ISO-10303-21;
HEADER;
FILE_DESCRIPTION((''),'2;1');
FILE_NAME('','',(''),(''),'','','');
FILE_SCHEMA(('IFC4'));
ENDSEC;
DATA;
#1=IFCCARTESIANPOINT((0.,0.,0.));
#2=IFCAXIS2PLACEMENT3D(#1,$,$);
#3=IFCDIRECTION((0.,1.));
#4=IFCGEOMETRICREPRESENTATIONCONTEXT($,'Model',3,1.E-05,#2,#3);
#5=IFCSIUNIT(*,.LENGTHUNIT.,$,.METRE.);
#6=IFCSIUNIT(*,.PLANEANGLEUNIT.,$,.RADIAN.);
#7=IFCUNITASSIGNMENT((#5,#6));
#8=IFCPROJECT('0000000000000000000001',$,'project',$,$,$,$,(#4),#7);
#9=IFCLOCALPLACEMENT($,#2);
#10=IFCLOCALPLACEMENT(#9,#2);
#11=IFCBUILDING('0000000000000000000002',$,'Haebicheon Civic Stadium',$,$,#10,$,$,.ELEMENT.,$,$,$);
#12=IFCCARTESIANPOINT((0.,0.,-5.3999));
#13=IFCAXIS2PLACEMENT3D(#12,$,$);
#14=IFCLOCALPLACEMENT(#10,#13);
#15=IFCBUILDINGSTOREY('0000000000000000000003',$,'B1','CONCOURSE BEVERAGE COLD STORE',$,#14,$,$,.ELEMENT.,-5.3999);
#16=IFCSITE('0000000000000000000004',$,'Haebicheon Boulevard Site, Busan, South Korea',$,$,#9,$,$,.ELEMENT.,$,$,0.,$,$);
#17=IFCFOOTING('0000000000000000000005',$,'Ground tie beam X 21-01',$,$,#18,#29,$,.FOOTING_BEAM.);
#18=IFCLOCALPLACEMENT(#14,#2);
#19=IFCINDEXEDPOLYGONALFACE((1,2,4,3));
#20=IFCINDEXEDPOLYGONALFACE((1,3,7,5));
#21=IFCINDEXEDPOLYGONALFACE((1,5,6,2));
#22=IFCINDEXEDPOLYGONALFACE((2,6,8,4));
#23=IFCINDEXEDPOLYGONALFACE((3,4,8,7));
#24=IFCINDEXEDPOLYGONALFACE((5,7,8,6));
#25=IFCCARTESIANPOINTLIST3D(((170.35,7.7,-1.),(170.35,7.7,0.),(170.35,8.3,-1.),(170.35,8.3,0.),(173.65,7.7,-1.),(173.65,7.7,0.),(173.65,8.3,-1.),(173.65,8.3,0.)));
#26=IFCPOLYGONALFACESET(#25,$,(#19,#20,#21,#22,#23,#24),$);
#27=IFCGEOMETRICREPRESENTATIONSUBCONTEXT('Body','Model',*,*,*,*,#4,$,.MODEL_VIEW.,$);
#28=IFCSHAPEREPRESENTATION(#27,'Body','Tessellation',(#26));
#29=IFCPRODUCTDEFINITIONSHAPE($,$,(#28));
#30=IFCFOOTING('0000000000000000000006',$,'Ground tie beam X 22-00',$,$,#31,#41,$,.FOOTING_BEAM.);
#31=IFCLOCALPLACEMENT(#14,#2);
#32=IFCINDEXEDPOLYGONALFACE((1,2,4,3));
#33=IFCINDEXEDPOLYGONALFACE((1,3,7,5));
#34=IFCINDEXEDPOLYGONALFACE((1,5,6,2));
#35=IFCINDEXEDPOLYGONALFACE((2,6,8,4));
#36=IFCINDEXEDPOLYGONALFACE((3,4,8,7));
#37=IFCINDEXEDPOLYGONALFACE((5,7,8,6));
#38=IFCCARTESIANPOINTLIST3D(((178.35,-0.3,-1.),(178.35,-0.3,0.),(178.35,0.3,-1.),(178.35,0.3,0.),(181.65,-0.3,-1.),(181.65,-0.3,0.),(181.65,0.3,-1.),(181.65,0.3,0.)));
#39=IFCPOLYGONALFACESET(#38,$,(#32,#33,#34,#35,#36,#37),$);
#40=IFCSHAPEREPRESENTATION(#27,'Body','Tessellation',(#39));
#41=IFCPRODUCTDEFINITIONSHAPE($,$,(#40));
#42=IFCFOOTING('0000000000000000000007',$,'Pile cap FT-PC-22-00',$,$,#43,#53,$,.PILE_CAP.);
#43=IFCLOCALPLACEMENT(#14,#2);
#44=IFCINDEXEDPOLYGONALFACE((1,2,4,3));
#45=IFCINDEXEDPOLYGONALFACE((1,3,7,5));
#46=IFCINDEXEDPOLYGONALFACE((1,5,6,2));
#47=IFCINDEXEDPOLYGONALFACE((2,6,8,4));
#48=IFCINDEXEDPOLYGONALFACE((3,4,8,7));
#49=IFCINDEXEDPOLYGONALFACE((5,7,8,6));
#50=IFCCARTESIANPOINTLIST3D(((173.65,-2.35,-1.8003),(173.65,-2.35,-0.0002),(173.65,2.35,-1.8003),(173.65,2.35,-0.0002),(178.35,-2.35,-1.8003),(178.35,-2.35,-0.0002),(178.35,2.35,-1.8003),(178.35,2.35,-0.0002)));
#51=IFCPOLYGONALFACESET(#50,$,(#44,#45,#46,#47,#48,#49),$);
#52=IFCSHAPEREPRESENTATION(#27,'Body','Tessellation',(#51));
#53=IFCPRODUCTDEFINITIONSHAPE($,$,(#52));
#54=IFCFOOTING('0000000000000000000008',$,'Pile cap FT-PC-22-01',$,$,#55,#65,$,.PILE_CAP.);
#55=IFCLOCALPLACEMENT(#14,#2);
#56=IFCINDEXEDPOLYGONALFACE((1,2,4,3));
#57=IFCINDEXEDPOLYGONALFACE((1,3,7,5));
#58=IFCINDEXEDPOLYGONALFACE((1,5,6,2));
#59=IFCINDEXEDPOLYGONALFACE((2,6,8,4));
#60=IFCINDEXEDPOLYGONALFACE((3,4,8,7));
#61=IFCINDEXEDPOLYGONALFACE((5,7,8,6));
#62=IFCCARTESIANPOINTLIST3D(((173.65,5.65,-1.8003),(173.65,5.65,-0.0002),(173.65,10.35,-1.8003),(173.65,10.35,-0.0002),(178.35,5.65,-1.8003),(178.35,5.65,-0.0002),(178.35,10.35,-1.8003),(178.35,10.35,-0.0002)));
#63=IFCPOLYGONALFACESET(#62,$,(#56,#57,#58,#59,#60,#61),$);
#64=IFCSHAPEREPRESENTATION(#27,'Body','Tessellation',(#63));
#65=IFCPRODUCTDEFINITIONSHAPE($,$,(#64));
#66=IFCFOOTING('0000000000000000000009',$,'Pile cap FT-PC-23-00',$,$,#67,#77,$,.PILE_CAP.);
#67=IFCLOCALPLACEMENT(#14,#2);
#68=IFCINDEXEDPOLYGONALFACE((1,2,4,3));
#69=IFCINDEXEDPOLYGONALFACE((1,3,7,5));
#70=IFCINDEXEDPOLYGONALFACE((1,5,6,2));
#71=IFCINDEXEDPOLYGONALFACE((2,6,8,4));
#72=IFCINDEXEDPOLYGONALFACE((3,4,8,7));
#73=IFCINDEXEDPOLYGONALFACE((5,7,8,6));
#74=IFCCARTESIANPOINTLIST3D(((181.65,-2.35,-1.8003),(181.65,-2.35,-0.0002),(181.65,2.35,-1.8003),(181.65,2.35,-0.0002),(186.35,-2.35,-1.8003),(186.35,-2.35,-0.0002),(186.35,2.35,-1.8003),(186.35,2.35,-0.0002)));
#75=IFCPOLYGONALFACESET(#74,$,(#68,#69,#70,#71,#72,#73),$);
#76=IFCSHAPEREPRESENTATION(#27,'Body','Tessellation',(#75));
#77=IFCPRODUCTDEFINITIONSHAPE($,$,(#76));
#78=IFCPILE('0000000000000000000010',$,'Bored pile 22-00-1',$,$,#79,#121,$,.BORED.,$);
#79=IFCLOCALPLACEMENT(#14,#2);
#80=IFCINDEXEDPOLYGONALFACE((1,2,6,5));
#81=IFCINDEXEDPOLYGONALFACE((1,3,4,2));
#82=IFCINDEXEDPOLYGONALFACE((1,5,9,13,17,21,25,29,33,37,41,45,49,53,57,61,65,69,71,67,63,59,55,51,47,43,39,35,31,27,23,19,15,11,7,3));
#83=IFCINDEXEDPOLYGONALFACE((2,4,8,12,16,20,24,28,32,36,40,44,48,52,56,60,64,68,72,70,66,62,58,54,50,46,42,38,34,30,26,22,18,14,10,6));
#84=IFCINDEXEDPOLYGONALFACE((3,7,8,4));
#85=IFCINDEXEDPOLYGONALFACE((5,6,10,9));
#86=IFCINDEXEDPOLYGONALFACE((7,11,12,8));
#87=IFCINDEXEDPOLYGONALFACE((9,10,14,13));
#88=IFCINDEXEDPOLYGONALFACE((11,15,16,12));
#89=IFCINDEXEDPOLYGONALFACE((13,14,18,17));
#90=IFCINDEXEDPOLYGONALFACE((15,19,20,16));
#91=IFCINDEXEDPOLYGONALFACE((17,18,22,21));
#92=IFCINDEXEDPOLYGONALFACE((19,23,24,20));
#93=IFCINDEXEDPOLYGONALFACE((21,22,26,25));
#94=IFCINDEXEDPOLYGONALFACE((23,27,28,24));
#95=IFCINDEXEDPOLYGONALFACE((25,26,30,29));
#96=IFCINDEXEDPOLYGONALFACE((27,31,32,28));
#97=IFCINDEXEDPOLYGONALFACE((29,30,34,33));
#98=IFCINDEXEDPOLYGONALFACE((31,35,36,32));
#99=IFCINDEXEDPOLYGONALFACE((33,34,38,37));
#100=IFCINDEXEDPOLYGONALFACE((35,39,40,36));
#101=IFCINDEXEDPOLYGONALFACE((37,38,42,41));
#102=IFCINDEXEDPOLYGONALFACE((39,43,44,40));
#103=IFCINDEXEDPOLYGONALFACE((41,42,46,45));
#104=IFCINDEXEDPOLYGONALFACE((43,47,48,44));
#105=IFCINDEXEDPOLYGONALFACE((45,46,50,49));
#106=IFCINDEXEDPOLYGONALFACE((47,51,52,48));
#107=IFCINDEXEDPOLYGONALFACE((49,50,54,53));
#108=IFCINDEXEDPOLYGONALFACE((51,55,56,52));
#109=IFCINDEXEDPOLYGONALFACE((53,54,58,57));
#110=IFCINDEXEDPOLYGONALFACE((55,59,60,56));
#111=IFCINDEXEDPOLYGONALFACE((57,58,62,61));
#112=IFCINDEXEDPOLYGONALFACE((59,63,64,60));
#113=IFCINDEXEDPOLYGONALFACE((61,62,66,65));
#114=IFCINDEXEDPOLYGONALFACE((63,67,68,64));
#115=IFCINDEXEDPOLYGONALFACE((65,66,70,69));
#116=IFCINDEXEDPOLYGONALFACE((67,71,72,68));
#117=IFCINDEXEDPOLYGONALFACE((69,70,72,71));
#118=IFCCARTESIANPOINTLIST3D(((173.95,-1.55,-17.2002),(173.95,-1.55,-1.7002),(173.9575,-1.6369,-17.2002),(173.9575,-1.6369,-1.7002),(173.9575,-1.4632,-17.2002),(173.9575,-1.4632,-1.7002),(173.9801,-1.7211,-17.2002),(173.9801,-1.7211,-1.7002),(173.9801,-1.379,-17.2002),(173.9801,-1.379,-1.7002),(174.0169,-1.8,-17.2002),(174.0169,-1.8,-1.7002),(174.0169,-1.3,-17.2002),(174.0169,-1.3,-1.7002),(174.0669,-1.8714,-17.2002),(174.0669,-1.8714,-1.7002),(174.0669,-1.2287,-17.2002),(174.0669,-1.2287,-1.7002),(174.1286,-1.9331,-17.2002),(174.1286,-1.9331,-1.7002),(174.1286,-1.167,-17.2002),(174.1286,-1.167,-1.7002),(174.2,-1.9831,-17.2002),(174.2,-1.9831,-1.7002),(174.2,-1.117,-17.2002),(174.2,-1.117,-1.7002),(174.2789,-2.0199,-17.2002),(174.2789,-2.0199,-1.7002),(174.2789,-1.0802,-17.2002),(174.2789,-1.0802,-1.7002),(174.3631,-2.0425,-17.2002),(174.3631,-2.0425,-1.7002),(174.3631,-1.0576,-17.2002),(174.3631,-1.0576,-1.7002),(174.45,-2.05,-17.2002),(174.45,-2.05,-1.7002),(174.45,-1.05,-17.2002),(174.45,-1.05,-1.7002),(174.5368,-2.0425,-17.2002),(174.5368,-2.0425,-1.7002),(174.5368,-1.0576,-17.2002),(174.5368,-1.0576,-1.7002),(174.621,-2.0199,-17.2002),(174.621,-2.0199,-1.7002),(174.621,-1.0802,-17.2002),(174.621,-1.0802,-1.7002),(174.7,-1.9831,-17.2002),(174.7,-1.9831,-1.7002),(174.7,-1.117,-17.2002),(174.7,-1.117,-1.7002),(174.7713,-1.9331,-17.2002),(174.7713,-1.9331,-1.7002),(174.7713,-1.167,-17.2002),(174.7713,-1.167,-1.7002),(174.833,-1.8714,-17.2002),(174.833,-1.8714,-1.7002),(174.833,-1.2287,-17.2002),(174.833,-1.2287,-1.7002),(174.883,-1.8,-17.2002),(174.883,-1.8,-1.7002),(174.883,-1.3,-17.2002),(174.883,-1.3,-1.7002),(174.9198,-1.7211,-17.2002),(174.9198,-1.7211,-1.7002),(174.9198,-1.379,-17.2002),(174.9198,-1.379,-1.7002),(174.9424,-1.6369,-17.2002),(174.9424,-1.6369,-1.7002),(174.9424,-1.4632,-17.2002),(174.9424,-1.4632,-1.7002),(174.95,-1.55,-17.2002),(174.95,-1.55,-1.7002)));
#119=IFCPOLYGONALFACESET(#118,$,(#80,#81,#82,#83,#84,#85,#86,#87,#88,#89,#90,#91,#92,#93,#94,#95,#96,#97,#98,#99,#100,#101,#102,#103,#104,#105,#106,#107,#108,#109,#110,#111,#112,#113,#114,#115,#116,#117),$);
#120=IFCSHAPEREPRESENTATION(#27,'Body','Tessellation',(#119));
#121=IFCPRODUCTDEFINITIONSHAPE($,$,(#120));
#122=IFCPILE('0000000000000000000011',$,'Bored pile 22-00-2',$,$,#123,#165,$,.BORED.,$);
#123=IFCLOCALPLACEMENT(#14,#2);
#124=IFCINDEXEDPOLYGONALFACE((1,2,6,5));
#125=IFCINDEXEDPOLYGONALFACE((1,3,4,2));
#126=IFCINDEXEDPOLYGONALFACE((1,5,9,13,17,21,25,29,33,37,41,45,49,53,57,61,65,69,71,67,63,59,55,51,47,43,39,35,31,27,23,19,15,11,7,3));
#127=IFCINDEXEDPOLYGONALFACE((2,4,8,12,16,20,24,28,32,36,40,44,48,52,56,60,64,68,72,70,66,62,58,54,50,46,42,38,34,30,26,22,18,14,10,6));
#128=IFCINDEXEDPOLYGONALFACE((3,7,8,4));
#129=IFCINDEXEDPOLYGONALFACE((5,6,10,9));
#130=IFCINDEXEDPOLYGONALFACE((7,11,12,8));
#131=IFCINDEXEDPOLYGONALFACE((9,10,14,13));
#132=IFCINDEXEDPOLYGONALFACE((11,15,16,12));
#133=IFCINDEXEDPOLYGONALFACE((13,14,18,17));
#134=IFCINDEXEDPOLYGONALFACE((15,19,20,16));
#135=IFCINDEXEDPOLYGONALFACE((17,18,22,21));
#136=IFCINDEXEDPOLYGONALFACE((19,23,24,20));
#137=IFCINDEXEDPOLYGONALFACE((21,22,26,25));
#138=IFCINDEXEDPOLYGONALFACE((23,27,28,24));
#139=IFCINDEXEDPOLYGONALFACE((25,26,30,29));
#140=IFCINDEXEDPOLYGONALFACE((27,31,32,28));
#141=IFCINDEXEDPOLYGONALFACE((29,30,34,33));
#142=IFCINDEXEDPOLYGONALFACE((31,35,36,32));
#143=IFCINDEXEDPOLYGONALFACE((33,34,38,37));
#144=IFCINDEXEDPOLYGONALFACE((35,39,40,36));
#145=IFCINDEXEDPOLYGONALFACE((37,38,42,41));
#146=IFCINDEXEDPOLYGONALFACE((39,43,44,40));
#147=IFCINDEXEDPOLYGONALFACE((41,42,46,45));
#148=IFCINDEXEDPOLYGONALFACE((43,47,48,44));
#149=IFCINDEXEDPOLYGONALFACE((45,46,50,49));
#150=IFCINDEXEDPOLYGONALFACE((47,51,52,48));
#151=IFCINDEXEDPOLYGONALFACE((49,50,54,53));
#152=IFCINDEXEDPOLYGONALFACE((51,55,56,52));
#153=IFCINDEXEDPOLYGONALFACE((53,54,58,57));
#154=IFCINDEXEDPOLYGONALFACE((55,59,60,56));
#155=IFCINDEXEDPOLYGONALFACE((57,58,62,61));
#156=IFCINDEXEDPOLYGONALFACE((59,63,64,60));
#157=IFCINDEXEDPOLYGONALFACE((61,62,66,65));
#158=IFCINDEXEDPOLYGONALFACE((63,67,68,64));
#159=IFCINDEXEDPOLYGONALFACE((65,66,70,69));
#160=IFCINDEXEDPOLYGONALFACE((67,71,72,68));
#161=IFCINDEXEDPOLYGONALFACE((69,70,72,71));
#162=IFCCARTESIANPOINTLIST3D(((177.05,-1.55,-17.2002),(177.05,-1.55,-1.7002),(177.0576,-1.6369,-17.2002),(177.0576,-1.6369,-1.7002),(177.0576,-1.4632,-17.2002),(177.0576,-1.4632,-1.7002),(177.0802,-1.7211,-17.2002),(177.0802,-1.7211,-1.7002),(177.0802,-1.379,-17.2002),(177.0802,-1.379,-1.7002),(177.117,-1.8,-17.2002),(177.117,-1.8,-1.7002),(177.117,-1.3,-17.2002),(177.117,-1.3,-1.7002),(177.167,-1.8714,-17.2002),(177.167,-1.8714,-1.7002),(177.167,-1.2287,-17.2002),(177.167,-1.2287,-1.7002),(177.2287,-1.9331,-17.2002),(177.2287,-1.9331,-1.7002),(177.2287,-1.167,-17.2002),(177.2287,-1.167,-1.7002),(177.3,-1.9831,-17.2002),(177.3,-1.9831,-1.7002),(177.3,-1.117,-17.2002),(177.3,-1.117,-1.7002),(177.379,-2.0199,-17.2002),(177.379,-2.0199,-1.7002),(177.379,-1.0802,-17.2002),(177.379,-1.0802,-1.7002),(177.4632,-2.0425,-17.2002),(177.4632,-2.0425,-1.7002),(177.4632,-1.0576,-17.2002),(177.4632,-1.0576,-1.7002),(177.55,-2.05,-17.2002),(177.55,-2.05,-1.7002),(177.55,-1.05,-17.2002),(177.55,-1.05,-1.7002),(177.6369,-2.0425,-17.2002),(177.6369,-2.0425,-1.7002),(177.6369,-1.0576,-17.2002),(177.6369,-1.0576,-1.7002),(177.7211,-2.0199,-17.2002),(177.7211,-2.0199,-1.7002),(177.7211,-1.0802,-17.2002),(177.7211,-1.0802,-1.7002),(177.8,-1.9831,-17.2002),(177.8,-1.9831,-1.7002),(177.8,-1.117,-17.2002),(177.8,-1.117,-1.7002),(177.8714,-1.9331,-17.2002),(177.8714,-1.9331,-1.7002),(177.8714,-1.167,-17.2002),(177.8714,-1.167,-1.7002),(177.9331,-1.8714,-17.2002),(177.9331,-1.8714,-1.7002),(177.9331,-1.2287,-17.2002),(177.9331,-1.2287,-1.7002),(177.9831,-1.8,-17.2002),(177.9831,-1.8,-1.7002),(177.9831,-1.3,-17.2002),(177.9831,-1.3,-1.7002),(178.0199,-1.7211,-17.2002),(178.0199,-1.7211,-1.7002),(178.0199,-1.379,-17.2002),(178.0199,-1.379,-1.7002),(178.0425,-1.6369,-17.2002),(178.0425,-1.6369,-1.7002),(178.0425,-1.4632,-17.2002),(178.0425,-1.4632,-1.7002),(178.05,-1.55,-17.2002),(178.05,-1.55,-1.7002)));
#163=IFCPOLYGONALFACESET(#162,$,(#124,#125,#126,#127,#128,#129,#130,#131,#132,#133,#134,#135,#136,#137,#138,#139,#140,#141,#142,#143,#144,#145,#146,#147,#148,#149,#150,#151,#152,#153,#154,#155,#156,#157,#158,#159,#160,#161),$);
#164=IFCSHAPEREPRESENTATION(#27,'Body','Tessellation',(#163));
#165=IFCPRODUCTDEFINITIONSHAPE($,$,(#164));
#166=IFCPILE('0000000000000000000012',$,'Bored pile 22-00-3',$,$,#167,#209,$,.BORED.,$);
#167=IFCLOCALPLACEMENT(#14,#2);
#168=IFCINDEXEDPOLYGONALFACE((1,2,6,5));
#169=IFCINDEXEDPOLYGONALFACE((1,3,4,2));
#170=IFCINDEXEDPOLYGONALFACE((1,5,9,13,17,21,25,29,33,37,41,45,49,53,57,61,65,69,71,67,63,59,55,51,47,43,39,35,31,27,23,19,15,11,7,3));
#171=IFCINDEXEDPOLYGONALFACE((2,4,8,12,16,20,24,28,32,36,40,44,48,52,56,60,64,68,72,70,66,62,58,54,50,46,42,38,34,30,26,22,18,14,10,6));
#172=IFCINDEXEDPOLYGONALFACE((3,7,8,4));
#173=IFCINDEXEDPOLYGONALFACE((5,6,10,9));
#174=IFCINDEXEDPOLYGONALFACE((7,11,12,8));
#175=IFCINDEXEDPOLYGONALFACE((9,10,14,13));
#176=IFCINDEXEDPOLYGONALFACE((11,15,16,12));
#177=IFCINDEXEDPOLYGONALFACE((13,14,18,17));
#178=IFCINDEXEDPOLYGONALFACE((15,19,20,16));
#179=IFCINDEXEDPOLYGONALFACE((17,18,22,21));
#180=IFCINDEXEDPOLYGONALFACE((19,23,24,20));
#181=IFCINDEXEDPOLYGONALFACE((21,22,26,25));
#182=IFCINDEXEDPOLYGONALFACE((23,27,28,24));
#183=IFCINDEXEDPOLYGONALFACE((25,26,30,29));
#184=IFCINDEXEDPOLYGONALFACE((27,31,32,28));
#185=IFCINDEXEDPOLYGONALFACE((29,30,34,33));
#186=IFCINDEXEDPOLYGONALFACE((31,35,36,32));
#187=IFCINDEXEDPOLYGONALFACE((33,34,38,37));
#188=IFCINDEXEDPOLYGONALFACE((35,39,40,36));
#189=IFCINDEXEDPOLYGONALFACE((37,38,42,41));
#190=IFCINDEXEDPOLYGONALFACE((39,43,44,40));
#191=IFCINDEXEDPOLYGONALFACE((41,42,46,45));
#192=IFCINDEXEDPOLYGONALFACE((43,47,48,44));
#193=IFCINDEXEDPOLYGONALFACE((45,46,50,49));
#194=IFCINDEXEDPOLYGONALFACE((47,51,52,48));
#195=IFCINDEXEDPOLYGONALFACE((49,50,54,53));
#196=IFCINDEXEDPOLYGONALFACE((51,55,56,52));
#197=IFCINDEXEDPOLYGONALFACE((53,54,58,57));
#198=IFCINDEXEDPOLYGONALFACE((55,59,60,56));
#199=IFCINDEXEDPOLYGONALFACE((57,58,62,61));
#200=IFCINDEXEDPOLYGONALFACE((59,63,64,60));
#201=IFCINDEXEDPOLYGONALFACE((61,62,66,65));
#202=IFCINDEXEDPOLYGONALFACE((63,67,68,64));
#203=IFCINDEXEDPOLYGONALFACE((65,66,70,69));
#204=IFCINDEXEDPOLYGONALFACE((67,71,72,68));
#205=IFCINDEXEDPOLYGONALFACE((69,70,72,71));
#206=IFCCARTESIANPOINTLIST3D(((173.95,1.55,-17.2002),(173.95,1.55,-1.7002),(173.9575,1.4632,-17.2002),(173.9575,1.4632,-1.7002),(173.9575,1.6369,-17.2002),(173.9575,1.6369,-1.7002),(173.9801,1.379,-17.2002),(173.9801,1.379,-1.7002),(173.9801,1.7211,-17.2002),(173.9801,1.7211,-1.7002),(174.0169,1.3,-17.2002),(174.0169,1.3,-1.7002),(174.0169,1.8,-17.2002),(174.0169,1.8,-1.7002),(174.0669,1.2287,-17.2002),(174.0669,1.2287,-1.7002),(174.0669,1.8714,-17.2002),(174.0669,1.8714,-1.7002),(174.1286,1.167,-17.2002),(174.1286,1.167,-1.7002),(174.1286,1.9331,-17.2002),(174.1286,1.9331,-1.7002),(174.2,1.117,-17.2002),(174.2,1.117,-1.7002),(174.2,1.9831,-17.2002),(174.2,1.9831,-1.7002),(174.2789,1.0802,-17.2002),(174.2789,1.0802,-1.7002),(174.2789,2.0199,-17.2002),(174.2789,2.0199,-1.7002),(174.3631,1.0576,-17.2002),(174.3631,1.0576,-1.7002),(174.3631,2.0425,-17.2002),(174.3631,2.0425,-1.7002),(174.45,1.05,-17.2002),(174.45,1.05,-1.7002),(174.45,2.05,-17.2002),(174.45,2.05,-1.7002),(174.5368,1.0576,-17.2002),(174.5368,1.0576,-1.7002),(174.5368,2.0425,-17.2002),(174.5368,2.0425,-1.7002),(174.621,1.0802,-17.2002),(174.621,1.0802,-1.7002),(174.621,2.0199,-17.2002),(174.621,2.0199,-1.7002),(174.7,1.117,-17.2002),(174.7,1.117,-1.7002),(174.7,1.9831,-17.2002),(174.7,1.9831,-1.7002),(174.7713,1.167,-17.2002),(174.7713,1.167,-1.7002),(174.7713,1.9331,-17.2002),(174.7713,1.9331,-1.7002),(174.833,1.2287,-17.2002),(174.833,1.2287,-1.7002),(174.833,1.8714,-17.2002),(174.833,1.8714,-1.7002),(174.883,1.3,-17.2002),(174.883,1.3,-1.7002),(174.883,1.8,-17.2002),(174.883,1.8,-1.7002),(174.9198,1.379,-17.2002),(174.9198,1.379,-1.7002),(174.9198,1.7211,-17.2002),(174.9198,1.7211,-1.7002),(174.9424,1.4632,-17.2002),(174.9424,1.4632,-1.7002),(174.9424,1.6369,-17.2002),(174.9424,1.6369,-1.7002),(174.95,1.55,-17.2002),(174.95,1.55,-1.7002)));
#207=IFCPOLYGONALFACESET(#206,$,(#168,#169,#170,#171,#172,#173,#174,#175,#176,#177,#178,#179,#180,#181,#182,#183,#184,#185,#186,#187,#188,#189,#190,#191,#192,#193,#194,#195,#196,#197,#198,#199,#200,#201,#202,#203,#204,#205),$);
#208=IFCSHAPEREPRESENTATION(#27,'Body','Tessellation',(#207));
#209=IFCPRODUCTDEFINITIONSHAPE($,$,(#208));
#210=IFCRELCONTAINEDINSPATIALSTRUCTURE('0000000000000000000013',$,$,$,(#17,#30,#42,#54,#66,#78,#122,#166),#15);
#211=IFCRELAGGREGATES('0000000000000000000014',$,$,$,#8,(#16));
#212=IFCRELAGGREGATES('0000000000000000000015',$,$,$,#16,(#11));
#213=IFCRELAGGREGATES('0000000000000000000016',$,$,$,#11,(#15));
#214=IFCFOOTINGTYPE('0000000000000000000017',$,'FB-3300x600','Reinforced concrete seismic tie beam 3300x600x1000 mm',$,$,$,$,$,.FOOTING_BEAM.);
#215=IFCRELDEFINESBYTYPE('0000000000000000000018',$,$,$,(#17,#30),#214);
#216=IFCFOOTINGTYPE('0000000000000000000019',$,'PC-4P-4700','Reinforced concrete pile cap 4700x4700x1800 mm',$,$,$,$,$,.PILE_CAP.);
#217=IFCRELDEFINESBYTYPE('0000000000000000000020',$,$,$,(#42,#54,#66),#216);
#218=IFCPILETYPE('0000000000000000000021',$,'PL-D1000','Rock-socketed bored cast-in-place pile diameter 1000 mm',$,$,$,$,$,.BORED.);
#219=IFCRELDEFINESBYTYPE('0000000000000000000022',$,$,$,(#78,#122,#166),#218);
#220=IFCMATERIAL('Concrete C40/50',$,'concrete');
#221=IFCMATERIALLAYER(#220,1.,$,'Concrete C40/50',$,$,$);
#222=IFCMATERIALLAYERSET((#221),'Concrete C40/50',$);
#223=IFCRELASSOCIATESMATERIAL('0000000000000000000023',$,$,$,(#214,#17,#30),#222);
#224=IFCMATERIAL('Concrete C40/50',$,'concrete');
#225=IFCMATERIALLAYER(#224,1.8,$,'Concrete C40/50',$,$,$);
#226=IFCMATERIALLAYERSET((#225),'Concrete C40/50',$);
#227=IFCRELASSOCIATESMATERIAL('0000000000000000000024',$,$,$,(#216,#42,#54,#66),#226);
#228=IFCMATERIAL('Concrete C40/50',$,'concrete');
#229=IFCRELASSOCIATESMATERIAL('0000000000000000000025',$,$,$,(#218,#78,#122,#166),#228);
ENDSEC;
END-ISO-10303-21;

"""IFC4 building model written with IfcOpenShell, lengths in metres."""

from ifc_helpers import new_model, si_unit, direction, frame, origin, origin_2d, place, context, subcontext, project, spatial, rectangle, circle, extrude, material, layer, layer_set, material_profile, profile_set, type_object, element, save


model = new_model("IFC4")

# Units and contexts
model_context = context("Model", 3, precision=1e-05, world=origin(), true_north=direction((0.0, 1.0)))
body_context = subcontext(model_context, "Body", "Model", "MODEL_VIEW")
ifc_project = project(units=[si_unit("LENGTHUNIT", "METRE"), si_unit("PLANEANGLEUNIT", "RADIAN")], contexts=[model_context])

# Site, building, storey
site_placement = place(None, origin())
site = spatial("IfcSite", under=ifc_project, at=site_placement, Name="Haebicheon Boulevard Site, Busan, South Korea", CompositionType="ELEMENT", RefElevation=0.0)
building_placement = place(site_placement, origin())
building = spatial("IfcBuilding", under=site, at=building_placement, Name="Haebicheon Civic Stadium", CompositionType="ELEMENT")
storey_placement = place(building_placement, frame((0.0, 0.0, -5.3999)))
storey = spatial("IfcBuildingStorey", under=building, at=storey_placement, Name="B1", Description="CONCOURSE BEVERAGE COLD STORE", CompositionType="ELEMENT", Elevation=-5.3999)

# Footings
ifc_material_1 = material(Name="Concrete C40/50", Category="concrete")
ifc_layer_1 = layer(ifc_material_1, 1.0, Name="Concrete C40/50")
ifc_layer_set_1 = layer_set([ifc_layer_1], Name="Concrete C40/50")
footing_type_1 = type_object("IfcFootingType", Name="FB-3300x600", Description="Reinforced concrete seismic tie beam 3300x600x1000 mm", PredefinedType="FOOTING_BEAM", material=ifc_layer_set_1)
for number, where, z_axis, x_axis, name in (
    (1, (172.0, 8.0, -1.0), (0.0, 0.0, 1.0), (1.0, 0.0, 0.0), "Ground tie beam X 21-01"),
    (2, (180.0, 0.0, -1.0), (0.0, 0.0, 1.0), (1.0, 0.0, 0.0), "Ground tie beam X 22-00"),
):
    element("IfcFooting", number, at=place(storey_placement, frame(where, z_axis=z_axis, x_axis=x_axis)), inside=storey, type_object=footing_type_1, material=ifc_layer_set_1, Name=name, PredefinedType="FOOTING_BEAM", context=body_context, shape_type="SweptSolid", body=[
        extrude(rectangle(XDim=3.3, YDim=0.6001, at=origin_2d()), origin(), (0.0, 0.0, 1.0), 1.0),
    ])
ifc_material_2 = material(Name="Concrete C40/50", Category="concrete")
ifc_layer_2 = layer(ifc_material_2, 1.8, Name="Concrete C40/50")
ifc_layer_set_2 = layer_set([ifc_layer_2], Name="Concrete C40/50")
footing_type_2 = type_object("IfcFootingType", Name="PC-4P-4700", Description="Reinforced concrete pile cap 4700x4700x1800 mm", PredefinedType="PILE_CAP", material=ifc_layer_set_2)
for number, where, z_axis, x_axis, name in (
    (3, (176.0, 0.0, -1.8003), (0.0, 0.0, 1.0), (1.0, 0.0, 0.0), "Pile cap FT-PC-22-00"),
    (4, (176.0, 8.0, -1.8003), (0.0, 0.0, 1.0), (1.0, 0.0, 0.0), "Pile cap FT-PC-22-01"),
    (5, (184.0, 0.0, -1.8003), (0.0, 0.0, 1.0), (1.0, 0.0, 0.0), "Pile cap FT-PC-23-00"),
):
    element("IfcFooting", number, at=place(storey_placement, frame(where, z_axis=z_axis, x_axis=x_axis)), inside=storey, type_object=footing_type_2, material=ifc_layer_set_2, Name=name, PredefinedType="PILE_CAP", context=body_context, shape_type="SweptSolid", body=[
        extrude(rectangle(XDim=4.7, YDim=4.7, at=origin_2d()), origin(), (0.0, 0.0, 1.0), 1.8),
    ])

# Piles
ifc_material_3 = material(Name="Concrete C40/50", Category="concrete")
ifc_material_profile_1 = material_profile(ifc_material_3, circle(Radius=0.5, at=origin_2d()), Name="PILE-D1000")
ifc_profile_set_1 = profile_set([ifc_material_profile_1], Name="Concrete C40/50")
pile_type = type_object("IfcPileType", Name="PL-D1000", Description="Rock-socketed bored cast-in-place pile diameter 1000 mm", PredefinedType="BORED", material=ifc_profile_set_1)
for number, where, z_axis, x_axis, name in (
    (6, (174.45, -1.55, -1.7002), (0.0, 0.0, -1.0), (1.0, 0.0, 0.0), "Bored pile 22-00-1"),
    (7, (177.55, -1.55, -1.7002), (0.0, 0.0, -1.0), (1.0, 0.0, 0.0), "Bored pile 22-00-2"),
    (8, (174.45, 1.55, -1.7002), (0.0, 0.0, -1.0), (1.0, 0.0, 0.0), "Bored pile 22-00-3"),
):
    element("IfcPile", number, at=place(storey_placement, frame(where, z_axis=z_axis, x_axis=x_axis)), inside=storey, type_object=pile_type, material=ifc_profile_set_1, Name=name, PredefinedType="BORED", context=body_context, shape_type="SweptSolid", body=[
        extrude(circle(Radius=0.5, at=origin_2d()), origin(), (0.0, 0.0, 1.0), 15.5),
    ])

save(model, "model.ifc")
